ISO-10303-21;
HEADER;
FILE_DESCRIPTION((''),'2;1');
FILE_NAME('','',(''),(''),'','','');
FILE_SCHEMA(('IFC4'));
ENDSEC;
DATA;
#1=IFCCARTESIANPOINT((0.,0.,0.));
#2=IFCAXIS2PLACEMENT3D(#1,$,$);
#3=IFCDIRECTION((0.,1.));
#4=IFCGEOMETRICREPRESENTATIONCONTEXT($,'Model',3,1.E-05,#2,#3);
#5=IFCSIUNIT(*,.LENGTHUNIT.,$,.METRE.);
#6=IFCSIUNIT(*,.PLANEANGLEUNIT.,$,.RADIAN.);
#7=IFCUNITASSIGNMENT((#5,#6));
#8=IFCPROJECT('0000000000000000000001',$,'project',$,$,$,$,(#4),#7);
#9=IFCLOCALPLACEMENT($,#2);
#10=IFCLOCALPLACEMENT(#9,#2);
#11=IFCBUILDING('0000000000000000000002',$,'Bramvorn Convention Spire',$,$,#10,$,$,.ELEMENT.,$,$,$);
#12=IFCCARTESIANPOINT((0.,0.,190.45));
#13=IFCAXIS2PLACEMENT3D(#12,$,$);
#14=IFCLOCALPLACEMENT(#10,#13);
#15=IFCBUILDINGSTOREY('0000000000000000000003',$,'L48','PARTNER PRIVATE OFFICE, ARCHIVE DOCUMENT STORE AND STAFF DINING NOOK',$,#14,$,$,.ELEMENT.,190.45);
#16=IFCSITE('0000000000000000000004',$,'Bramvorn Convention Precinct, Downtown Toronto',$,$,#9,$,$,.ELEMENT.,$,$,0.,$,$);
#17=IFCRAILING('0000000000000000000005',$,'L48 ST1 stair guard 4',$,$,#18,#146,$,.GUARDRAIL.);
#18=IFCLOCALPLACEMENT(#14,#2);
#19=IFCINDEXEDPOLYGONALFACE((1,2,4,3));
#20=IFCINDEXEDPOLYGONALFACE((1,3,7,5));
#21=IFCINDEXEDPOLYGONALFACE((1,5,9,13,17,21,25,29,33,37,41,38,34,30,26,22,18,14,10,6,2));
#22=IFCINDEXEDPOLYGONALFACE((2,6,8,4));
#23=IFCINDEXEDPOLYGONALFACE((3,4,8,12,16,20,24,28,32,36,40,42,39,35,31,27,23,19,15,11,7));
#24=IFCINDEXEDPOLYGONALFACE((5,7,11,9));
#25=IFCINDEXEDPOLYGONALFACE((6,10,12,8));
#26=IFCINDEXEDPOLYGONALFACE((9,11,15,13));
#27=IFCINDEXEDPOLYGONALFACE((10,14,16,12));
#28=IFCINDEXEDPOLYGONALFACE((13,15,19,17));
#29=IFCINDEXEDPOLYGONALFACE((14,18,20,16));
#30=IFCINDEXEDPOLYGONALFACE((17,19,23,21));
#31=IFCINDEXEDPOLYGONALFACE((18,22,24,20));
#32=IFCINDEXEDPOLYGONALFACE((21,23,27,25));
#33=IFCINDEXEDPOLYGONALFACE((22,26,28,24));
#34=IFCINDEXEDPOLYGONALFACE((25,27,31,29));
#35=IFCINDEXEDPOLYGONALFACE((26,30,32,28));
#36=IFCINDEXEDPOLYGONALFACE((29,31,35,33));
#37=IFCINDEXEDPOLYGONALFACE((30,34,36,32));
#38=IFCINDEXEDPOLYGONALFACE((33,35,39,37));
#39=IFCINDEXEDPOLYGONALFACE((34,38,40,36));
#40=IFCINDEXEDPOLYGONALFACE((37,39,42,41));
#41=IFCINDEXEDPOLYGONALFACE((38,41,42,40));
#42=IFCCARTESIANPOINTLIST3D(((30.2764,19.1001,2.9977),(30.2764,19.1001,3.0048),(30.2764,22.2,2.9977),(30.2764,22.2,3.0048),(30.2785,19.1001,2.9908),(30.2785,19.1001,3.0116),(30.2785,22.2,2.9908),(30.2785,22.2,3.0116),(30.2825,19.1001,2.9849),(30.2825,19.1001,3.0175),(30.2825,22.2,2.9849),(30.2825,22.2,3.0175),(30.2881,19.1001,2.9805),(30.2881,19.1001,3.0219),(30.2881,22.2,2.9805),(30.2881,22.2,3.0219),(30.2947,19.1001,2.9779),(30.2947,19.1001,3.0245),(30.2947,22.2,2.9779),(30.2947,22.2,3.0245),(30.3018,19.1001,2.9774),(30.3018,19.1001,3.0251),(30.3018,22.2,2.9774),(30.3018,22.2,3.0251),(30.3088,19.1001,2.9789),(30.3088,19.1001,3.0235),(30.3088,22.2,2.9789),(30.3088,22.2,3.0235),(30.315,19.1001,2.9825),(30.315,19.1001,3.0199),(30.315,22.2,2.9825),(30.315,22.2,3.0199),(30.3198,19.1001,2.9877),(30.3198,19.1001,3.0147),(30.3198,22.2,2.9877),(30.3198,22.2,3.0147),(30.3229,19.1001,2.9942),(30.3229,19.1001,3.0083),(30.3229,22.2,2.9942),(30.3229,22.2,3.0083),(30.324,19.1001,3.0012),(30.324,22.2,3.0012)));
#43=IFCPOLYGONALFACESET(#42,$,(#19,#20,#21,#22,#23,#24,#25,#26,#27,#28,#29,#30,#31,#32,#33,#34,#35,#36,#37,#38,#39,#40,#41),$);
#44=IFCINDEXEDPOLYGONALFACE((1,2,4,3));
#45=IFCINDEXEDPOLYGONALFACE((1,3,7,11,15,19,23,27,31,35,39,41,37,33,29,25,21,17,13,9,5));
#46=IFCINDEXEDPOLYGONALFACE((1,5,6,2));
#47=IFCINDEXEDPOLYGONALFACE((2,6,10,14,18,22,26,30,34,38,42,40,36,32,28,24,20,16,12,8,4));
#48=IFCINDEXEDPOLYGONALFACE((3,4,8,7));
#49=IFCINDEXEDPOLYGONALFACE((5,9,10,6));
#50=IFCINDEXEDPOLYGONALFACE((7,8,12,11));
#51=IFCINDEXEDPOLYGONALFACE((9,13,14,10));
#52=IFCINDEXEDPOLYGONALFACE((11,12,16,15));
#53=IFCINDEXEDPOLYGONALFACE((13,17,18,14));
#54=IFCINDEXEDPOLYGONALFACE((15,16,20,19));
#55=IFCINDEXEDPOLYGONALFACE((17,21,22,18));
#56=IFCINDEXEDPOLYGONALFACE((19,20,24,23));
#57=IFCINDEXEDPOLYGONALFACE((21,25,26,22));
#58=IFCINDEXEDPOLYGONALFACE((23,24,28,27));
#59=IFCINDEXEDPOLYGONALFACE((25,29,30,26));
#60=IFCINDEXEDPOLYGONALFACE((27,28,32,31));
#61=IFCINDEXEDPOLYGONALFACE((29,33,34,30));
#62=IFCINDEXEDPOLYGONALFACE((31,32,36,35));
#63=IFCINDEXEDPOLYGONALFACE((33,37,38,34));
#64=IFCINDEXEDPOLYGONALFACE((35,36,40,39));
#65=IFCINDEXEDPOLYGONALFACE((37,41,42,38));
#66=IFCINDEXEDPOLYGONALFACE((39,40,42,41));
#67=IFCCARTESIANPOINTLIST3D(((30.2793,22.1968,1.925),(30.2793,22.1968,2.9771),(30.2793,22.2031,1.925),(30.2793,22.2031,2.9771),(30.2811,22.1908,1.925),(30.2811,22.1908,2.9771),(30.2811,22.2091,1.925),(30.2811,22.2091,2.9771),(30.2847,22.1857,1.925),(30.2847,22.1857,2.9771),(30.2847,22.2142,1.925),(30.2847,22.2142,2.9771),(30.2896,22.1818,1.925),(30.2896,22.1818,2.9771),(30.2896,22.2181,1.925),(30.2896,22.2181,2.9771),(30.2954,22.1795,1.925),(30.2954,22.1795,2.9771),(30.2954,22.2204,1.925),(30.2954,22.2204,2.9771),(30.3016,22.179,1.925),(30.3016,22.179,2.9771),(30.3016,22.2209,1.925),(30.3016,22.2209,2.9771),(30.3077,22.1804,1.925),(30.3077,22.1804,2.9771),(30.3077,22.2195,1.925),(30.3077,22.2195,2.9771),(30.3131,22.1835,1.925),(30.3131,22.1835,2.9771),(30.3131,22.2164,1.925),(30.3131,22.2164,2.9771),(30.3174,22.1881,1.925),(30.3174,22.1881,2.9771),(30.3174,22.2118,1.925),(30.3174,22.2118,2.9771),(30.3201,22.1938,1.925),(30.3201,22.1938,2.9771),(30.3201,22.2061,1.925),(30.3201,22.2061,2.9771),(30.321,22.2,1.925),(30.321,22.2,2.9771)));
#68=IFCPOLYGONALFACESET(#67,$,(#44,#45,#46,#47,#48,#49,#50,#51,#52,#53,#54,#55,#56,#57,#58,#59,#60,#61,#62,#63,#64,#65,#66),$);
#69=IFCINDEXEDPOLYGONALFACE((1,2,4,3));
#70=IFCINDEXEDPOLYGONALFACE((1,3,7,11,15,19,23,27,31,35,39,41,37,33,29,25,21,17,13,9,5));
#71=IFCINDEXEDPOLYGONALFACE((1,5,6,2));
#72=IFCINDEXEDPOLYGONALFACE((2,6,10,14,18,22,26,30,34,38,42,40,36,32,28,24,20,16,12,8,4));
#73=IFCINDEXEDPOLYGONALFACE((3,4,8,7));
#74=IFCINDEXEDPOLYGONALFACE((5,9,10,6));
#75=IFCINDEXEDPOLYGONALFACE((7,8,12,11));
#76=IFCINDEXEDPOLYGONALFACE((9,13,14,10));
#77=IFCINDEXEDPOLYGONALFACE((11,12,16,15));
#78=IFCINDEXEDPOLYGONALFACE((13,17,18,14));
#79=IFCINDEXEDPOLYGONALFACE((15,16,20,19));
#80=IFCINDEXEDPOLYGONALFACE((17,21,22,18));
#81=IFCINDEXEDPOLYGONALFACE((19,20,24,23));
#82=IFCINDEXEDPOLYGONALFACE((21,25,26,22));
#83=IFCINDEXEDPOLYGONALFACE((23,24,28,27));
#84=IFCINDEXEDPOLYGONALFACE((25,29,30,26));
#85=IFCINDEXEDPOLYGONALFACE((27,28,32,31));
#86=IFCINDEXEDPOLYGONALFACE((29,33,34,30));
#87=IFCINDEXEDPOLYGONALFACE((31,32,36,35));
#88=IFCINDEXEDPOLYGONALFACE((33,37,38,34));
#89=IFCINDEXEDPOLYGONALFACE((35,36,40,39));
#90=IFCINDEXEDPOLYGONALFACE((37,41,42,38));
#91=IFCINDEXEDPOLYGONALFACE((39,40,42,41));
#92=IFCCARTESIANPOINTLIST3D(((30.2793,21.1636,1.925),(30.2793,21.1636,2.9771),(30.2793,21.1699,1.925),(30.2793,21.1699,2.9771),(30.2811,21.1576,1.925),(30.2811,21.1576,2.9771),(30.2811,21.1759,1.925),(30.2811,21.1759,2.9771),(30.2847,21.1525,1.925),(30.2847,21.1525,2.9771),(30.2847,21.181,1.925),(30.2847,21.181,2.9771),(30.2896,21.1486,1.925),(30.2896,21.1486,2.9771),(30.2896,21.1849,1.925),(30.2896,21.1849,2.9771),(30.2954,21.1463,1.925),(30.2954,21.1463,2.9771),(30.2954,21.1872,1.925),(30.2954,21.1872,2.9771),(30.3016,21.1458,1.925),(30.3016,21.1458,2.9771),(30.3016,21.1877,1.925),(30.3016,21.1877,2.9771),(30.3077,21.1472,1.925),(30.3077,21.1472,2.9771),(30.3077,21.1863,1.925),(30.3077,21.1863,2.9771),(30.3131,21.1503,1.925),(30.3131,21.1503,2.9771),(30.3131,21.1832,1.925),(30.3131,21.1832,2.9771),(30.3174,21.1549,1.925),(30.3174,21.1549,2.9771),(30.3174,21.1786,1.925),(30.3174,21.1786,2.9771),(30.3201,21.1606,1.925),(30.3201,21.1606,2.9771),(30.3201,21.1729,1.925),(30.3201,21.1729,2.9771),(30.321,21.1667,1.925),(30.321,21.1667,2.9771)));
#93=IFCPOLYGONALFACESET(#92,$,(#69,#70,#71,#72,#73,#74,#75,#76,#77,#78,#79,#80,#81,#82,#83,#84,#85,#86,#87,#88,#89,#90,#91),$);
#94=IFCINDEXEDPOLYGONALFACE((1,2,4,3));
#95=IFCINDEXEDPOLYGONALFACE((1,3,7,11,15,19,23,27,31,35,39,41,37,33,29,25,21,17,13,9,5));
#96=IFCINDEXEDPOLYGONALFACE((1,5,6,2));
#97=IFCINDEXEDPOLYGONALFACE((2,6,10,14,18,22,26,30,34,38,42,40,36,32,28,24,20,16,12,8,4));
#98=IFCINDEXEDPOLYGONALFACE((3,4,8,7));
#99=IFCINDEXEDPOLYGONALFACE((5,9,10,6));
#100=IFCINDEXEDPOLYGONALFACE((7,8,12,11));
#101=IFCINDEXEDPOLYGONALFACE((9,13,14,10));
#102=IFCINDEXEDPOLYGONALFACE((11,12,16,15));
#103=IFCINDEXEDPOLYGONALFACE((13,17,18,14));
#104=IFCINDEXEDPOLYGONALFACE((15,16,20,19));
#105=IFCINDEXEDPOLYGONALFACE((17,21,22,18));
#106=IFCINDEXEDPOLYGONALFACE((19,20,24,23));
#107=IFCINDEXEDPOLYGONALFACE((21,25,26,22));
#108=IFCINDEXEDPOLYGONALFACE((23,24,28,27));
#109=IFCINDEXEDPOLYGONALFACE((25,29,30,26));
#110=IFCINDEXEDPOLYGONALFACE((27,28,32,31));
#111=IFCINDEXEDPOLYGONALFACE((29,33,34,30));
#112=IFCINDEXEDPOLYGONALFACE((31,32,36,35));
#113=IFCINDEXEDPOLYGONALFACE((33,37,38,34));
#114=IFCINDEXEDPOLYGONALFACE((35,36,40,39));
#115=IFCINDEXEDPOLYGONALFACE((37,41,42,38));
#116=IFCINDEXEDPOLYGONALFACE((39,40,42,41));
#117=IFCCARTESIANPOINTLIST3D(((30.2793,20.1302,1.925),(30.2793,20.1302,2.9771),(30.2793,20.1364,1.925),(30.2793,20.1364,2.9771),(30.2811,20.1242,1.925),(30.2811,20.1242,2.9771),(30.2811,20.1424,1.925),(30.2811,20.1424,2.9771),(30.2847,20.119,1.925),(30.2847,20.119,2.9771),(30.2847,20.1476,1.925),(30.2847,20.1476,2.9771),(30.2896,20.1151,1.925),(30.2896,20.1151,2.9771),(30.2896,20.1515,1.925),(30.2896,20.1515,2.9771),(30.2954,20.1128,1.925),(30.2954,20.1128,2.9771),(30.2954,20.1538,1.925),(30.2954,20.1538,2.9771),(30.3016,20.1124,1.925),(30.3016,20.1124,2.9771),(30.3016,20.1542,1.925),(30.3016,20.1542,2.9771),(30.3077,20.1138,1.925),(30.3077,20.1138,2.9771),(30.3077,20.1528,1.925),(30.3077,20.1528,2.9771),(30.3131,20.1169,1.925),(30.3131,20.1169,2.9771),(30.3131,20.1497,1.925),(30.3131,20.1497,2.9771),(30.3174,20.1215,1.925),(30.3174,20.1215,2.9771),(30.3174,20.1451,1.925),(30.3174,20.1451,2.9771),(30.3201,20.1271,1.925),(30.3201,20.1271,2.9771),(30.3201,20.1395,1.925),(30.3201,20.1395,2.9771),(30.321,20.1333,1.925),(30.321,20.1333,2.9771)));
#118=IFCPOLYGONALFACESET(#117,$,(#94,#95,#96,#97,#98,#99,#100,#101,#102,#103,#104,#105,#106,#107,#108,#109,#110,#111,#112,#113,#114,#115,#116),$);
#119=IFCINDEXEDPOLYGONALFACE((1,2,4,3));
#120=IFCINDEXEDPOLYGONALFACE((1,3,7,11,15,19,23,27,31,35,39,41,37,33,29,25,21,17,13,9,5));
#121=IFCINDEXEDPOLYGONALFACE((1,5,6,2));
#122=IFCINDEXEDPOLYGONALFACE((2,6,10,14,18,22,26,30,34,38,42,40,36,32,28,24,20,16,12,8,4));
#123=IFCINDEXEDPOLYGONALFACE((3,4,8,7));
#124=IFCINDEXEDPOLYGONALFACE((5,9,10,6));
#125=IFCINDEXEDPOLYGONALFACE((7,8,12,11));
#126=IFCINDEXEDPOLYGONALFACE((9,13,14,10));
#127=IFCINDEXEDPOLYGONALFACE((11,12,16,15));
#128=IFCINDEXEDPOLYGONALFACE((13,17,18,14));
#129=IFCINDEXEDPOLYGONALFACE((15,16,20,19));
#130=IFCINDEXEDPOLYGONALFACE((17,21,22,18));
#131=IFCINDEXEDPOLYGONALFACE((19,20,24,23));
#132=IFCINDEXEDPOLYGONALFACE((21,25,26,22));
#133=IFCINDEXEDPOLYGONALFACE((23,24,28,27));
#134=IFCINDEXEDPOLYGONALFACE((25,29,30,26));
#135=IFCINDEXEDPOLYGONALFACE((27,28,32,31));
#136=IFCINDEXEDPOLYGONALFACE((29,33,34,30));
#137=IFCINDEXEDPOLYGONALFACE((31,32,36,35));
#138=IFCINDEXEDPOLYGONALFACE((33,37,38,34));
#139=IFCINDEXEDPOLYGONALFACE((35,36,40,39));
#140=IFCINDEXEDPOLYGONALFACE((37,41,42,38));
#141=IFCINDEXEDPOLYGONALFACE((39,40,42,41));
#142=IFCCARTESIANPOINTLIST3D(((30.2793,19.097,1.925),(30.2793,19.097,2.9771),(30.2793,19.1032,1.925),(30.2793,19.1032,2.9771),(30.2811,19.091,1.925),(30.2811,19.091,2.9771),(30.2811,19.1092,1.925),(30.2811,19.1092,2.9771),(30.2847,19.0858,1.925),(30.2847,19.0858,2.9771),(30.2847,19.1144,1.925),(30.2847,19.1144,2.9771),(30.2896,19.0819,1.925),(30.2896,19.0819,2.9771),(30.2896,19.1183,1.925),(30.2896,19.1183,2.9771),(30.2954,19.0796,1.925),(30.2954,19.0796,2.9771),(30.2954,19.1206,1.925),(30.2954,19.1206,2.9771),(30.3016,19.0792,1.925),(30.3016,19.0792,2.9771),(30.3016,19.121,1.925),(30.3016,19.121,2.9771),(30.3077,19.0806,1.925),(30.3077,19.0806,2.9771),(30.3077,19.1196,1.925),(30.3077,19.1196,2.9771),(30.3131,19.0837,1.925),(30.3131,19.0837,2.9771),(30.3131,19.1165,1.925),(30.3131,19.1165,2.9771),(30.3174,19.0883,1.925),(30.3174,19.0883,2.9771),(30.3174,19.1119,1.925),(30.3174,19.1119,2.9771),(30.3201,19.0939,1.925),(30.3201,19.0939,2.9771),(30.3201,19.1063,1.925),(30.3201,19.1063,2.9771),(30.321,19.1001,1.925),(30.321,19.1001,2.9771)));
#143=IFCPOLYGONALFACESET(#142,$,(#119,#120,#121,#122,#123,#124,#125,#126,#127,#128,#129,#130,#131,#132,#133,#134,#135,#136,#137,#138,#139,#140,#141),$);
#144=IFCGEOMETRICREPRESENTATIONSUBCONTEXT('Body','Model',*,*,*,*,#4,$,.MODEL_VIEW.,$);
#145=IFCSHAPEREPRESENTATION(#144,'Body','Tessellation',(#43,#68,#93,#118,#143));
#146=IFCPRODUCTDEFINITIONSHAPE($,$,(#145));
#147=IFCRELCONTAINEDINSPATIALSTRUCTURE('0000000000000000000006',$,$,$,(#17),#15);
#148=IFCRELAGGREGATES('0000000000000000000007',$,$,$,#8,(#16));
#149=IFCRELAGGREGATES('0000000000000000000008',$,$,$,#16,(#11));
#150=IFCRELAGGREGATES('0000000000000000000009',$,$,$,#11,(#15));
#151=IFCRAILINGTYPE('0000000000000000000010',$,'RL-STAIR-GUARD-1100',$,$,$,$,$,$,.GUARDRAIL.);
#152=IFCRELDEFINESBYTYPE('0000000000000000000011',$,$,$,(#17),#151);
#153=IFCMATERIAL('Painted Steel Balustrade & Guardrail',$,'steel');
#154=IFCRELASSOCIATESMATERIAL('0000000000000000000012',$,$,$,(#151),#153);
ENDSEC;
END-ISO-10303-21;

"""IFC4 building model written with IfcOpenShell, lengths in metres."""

from ifc_helpers import new_model, si_unit, direction, frame, origin, origin_2d, place, context, subcontext, project, spatial, circle, extrude, material, type_object, element, save


model = new_model("IFC4")

# Units and contexts
model_context = context("Model", 3, precision=1e-05, world=origin(), true_north=direction((0.0, 1.0)))
body_context = subcontext(model_context, "Body", "Model", "MODEL_VIEW")
ifc_project = project(units=[si_unit("LENGTHUNIT", "METRE"), si_unit("PLANEANGLEUNIT", "RADIAN")], contexts=[model_context])

# Site, building, storey
site_placement = place(None, origin())
site = spatial("IfcSite", under=ifc_project, at=site_placement, Name="Bramvorn Convention Precinct, Downtown Toronto", CompositionType="ELEMENT", RefElevation=0.0)
building_placement = place(site_placement, origin())
building = spatial("IfcBuilding", under=site, at=building_placement, Name="Bramvorn Convention Spire", CompositionType="ELEMENT")
storey_placement = place(building_placement, frame((0.0, 0.0, 190.45)))
storey = spatial("IfcBuildingStorey", under=building, at=storey_placement, Name="L48", Description="PARTNER PRIVATE OFFICE, ARCHIVE DOCUMENT STORE AND STAFF DINING NOOK", CompositionType="ELEMENT", Elevation=190.45)

# Railing
ifc_material_1 = material(Name="Painted Steel Balustrade & Guardrail", Category="steel")
railing_type_1 = type_object("IfcRailingType", Name="RL-STAIR-GUARD-1100", PredefinedType="GUARDRAIL", material=ifc_material_1)
for number, where, name in (
    (1, (30.3, 22.2, 1.925), "L48 ST1 stair guard 4"),
):
    element("IfcRailing", number, at=place(storey_placement, frame(where)), inside=storey, type_object=railing_type_1, Name=name, PredefinedType="GUARDRAIL", context=body_context, shape_type="SweptSolid", body=[
        extrude(circle(Radius=0.0239, at=origin_2d()), frame((0.0, 0.0, 1.0762), z_axis=(0.0, -1.0, 0.0), x_axis=(1.0, 0.0, 0.0)), (0.0, 0.0, 1.0), 3.0999),
        extrude(circle(Radius=0.021, at=origin_2d()), origin(), (0.0, 0.0, 1.0), 1.052),
        extrude(circle(Radius=0.021, at=origin_2d()), frame((0.0, -1.0332, 0.0)), (0.0, 0.0, 1.0), 1.052),
        extrude(circle(Radius=0.021, at=origin_2d()), frame((0.0, -2.0667, 0.0)), (0.0, 0.0, 1.0), 1.052),
        extrude(circle(Radius=0.021, at=origin_2d()), frame((0.0, -3.0999, 0.0)), (0.0, 0.0, 1.0), 1.052),
    ])

save(model, "model.ifc")
